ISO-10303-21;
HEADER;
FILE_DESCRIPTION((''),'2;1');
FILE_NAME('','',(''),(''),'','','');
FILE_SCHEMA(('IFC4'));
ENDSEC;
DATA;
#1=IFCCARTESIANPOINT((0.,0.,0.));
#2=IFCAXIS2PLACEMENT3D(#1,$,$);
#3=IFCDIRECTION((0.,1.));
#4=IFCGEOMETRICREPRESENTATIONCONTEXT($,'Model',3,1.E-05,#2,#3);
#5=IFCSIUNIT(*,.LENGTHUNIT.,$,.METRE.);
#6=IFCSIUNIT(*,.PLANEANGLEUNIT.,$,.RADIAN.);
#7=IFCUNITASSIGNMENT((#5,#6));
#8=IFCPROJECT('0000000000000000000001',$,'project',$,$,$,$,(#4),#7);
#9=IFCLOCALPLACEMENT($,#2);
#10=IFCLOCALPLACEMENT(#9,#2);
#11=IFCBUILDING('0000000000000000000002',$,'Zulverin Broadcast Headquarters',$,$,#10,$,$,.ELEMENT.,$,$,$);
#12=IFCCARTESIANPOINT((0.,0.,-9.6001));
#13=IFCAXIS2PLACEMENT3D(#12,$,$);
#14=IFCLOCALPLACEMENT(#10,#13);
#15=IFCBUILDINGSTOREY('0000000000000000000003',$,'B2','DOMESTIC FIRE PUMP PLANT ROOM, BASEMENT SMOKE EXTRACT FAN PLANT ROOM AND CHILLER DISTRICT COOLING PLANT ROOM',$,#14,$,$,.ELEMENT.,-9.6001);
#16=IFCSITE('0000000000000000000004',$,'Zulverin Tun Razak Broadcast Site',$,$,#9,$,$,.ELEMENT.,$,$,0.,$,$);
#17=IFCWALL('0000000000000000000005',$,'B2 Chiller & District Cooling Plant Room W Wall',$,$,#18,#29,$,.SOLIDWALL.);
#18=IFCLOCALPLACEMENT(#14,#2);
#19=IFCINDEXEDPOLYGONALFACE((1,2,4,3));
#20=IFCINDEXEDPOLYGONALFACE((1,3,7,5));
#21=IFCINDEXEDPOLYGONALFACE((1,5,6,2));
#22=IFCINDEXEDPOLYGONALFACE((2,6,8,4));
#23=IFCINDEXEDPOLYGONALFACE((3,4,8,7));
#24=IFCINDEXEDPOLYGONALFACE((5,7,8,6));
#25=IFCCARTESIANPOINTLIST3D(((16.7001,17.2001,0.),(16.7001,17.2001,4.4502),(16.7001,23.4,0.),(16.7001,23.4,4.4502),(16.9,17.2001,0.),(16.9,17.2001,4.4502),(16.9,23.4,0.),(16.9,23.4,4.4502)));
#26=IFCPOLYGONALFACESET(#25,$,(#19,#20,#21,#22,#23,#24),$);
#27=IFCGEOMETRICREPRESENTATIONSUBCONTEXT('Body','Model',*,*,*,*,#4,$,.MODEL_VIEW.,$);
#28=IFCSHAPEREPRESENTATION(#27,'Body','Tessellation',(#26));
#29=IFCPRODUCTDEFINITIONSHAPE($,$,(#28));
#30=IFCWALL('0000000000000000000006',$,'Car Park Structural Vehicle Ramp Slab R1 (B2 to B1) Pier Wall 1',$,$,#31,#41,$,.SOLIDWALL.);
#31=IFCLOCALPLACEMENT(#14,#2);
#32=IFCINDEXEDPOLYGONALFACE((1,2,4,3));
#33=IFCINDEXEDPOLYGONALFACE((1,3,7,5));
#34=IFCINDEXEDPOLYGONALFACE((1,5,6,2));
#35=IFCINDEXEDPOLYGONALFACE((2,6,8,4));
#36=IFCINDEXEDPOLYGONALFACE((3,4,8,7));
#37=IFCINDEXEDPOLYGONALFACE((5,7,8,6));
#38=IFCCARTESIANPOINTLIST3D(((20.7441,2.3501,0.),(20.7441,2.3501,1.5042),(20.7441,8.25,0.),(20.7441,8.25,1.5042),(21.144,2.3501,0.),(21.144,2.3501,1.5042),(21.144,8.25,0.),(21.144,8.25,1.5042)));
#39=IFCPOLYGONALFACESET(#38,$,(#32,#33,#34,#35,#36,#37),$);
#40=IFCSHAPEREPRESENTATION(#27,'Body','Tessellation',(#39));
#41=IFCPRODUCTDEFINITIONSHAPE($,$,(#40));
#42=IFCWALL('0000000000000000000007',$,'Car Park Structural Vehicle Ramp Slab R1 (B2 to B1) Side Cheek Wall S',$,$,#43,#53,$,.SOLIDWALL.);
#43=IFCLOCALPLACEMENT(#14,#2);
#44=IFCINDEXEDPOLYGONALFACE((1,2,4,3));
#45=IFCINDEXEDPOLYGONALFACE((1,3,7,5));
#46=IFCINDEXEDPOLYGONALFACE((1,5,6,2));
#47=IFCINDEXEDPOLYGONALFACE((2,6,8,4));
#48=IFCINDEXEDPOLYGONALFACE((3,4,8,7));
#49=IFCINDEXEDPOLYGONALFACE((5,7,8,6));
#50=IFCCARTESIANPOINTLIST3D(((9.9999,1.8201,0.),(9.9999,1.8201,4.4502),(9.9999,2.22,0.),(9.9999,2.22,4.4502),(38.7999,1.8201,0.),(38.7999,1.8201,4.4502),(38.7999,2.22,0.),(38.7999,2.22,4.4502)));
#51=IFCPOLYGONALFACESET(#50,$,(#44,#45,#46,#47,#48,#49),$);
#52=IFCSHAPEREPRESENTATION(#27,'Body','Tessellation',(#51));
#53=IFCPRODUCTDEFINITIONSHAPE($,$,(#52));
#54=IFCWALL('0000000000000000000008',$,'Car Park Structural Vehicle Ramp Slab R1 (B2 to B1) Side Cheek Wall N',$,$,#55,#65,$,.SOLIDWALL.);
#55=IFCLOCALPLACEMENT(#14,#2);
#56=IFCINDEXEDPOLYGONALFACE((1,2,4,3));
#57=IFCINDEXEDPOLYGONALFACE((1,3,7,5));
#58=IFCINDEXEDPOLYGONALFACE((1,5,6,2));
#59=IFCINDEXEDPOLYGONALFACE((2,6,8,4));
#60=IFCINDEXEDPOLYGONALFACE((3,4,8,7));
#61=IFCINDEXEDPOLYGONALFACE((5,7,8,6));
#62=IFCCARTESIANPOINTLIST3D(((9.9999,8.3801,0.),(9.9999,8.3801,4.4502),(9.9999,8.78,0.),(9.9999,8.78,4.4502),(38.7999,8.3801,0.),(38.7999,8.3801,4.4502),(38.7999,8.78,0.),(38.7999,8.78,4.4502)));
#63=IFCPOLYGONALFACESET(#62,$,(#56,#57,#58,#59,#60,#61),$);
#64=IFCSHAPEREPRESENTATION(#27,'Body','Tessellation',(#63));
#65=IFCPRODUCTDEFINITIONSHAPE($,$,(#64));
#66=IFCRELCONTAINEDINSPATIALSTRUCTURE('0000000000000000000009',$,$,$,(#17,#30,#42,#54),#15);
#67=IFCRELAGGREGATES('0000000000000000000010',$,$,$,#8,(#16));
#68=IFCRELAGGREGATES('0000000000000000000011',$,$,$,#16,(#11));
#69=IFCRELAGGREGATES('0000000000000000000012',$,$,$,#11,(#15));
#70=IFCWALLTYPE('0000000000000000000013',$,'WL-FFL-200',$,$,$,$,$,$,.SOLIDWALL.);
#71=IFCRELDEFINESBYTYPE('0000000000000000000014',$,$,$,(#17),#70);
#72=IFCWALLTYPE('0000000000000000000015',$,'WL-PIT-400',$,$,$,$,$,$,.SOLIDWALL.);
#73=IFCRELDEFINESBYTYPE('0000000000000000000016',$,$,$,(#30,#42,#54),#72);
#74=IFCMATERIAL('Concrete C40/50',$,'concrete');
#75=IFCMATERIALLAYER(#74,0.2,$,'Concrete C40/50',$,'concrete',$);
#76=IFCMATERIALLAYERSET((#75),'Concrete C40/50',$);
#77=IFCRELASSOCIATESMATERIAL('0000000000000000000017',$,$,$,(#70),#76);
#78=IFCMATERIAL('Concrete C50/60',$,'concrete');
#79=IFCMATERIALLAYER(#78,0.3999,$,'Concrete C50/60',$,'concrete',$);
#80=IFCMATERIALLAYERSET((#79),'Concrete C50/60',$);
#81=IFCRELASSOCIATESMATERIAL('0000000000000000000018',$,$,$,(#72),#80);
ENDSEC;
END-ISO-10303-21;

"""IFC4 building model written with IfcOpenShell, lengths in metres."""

from ifc_helpers import new_model, si_unit, direction, frame, frame_2d, origin, place, context, subcontext, project, spatial, rectangle, extrude, material, layer, layer_set, type_object, element, save


model = new_model("IFC4")

# Units and contexts
model_context = context("Model", 3, precision=1e-05, world=origin(), true_north=direction((0.0, 1.0)))
body_context = subcontext(model_context, "Body", "Model", "MODEL_VIEW")
ifc_project = project(units=[si_unit("LENGTHUNIT", "METRE"), si_unit("PLANEANGLEUNIT", "RADIAN")], contexts=[model_context])

# Site, building, storey
site_placement = place(None, origin())
site = spatial("IfcSite", under=ifc_project, at=site_placement, Name="Zulverin Tun Razak Broadcast Site", CompositionType="ELEMENT", RefElevation=0.0)
building_placement = place(site_placement, origin())
building = spatial("IfcBuilding", under=site, at=building_placement, Name="Zulverin Broadcast Headquarters", CompositionType="ELEMENT")
storey_placement = place(building_placement, frame((0.0, 0.0, -9.6001)))
storey = spatial("IfcBuildingStorey", under=building, at=storey_placement, Name="B2", Description="DOMESTIC FIRE PUMP PLANT ROOM, BASEMENT SMOKE EXTRACT FAN PLANT ROOM AND CHILLER DISTRICT COOLING PLANT ROOM", CompositionType="ELEMENT", Elevation=-9.6001)

# Shared definitions
ifc_material_1 = material(Name="Concrete C50/60", Category="concrete")

# Shared definitions
ifc_material_2 = material(Name="Concrete C40/50", Category="concrete")

# Walls
ifc_layer_1 = layer(ifc_material_2, 0.2, Name="Concrete C40/50", Category="concrete")
ifc_layer_set_1 = layer_set([ifc_layer_1], Name="Concrete C40/50")
wall_type_1 = type_object("IfcWallType", Name="WL-FFL-200", PredefinedType="SOLIDWALL", material=ifc_layer_set_1)
wall_1_placement = place(storey_placement, frame((16.8, 17.2, 0.0), z_axis=(0.0, 0.0, 1.0), x_axis=(0.0, 1.0, 0.0)))
element("IfcWall", 1, at=wall_1_placement, inside=storey, type_object=wall_type_1, Name="B2 Chiller & District Cooling Plant Room W Wall", PredefinedType="SOLIDWALL", context=body_context, shape_type="SweptSolid", body=[
    extrude(rectangle(XDim=6.2, YDim=0.2, at=frame_2d((3.1001, 0.0))), origin(), (0.0, 0.0, 1.0), 4.4502),
])
ifc_layer_2 = layer(ifc_material_1, 0.3999, Name="Concrete C50/60", Category="concrete")
ifc_layer_set_2 = layer_set([ifc_layer_2], Name="Concrete C50/60")
wall_type_2 = type_object("IfcWallType", Name="WL-PIT-400", PredefinedType="SOLIDWALL", material=ifc_layer_set_2)
wall_2_placement = place(storey_placement, frame((20.9441, 2.3501, 0.0), z_axis=(0.0, 0.0, 1.0), x_axis=(0.0, 1.0, 0.0)))
element("IfcWall", 2, at=wall_2_placement, inside=storey, type_object=wall_type_2, Name="Car Park Structural Vehicle Ramp Slab R1 (B2 to B1) Pier Wall 1", PredefinedType="SOLIDWALL", context=body_context, shape_type="SweptSolid", body=[
    extrude(rectangle(XDim=5.8999, YDim=0.3999, at=frame_2d((2.95, 0.0))), origin(), (0.0, 0.0, 1.0), 1.5042),
])
for number, where, z_axis, x_axis, name in (
    (3, (10.0, 2.02, 0.0), (0.0, 0.0, 1.0), (1.0, 0.0, 0.0), "Car Park Structural Vehicle Ramp Slab R1 (B2 to B1) Side Cheek Wall S"),
    (4, (10.0, 8.5801, 0.0), (0.0, 0.0, 1.0), (1.0, 0.0, 0.0), "Car Park Structural Vehicle Ramp Slab R1 (B2 to B1) Side Cheek Wall N"),
):
    element("IfcWall", number, at=place(storey_placement, frame(where, z_axis=z_axis, x_axis=x_axis)), inside=storey, type_object=wall_type_2, Name=name, PredefinedType="SOLIDWALL", context=body_context, shape_type="SweptSolid", body=[
        extrude(rectangle(XDim=28.8, YDim=0.3999, at=frame_2d((14.3999, 0.0))), origin(), (0.0, 0.0, 1.0), 4.4502),
    ])

save(model, "model.ifc")
